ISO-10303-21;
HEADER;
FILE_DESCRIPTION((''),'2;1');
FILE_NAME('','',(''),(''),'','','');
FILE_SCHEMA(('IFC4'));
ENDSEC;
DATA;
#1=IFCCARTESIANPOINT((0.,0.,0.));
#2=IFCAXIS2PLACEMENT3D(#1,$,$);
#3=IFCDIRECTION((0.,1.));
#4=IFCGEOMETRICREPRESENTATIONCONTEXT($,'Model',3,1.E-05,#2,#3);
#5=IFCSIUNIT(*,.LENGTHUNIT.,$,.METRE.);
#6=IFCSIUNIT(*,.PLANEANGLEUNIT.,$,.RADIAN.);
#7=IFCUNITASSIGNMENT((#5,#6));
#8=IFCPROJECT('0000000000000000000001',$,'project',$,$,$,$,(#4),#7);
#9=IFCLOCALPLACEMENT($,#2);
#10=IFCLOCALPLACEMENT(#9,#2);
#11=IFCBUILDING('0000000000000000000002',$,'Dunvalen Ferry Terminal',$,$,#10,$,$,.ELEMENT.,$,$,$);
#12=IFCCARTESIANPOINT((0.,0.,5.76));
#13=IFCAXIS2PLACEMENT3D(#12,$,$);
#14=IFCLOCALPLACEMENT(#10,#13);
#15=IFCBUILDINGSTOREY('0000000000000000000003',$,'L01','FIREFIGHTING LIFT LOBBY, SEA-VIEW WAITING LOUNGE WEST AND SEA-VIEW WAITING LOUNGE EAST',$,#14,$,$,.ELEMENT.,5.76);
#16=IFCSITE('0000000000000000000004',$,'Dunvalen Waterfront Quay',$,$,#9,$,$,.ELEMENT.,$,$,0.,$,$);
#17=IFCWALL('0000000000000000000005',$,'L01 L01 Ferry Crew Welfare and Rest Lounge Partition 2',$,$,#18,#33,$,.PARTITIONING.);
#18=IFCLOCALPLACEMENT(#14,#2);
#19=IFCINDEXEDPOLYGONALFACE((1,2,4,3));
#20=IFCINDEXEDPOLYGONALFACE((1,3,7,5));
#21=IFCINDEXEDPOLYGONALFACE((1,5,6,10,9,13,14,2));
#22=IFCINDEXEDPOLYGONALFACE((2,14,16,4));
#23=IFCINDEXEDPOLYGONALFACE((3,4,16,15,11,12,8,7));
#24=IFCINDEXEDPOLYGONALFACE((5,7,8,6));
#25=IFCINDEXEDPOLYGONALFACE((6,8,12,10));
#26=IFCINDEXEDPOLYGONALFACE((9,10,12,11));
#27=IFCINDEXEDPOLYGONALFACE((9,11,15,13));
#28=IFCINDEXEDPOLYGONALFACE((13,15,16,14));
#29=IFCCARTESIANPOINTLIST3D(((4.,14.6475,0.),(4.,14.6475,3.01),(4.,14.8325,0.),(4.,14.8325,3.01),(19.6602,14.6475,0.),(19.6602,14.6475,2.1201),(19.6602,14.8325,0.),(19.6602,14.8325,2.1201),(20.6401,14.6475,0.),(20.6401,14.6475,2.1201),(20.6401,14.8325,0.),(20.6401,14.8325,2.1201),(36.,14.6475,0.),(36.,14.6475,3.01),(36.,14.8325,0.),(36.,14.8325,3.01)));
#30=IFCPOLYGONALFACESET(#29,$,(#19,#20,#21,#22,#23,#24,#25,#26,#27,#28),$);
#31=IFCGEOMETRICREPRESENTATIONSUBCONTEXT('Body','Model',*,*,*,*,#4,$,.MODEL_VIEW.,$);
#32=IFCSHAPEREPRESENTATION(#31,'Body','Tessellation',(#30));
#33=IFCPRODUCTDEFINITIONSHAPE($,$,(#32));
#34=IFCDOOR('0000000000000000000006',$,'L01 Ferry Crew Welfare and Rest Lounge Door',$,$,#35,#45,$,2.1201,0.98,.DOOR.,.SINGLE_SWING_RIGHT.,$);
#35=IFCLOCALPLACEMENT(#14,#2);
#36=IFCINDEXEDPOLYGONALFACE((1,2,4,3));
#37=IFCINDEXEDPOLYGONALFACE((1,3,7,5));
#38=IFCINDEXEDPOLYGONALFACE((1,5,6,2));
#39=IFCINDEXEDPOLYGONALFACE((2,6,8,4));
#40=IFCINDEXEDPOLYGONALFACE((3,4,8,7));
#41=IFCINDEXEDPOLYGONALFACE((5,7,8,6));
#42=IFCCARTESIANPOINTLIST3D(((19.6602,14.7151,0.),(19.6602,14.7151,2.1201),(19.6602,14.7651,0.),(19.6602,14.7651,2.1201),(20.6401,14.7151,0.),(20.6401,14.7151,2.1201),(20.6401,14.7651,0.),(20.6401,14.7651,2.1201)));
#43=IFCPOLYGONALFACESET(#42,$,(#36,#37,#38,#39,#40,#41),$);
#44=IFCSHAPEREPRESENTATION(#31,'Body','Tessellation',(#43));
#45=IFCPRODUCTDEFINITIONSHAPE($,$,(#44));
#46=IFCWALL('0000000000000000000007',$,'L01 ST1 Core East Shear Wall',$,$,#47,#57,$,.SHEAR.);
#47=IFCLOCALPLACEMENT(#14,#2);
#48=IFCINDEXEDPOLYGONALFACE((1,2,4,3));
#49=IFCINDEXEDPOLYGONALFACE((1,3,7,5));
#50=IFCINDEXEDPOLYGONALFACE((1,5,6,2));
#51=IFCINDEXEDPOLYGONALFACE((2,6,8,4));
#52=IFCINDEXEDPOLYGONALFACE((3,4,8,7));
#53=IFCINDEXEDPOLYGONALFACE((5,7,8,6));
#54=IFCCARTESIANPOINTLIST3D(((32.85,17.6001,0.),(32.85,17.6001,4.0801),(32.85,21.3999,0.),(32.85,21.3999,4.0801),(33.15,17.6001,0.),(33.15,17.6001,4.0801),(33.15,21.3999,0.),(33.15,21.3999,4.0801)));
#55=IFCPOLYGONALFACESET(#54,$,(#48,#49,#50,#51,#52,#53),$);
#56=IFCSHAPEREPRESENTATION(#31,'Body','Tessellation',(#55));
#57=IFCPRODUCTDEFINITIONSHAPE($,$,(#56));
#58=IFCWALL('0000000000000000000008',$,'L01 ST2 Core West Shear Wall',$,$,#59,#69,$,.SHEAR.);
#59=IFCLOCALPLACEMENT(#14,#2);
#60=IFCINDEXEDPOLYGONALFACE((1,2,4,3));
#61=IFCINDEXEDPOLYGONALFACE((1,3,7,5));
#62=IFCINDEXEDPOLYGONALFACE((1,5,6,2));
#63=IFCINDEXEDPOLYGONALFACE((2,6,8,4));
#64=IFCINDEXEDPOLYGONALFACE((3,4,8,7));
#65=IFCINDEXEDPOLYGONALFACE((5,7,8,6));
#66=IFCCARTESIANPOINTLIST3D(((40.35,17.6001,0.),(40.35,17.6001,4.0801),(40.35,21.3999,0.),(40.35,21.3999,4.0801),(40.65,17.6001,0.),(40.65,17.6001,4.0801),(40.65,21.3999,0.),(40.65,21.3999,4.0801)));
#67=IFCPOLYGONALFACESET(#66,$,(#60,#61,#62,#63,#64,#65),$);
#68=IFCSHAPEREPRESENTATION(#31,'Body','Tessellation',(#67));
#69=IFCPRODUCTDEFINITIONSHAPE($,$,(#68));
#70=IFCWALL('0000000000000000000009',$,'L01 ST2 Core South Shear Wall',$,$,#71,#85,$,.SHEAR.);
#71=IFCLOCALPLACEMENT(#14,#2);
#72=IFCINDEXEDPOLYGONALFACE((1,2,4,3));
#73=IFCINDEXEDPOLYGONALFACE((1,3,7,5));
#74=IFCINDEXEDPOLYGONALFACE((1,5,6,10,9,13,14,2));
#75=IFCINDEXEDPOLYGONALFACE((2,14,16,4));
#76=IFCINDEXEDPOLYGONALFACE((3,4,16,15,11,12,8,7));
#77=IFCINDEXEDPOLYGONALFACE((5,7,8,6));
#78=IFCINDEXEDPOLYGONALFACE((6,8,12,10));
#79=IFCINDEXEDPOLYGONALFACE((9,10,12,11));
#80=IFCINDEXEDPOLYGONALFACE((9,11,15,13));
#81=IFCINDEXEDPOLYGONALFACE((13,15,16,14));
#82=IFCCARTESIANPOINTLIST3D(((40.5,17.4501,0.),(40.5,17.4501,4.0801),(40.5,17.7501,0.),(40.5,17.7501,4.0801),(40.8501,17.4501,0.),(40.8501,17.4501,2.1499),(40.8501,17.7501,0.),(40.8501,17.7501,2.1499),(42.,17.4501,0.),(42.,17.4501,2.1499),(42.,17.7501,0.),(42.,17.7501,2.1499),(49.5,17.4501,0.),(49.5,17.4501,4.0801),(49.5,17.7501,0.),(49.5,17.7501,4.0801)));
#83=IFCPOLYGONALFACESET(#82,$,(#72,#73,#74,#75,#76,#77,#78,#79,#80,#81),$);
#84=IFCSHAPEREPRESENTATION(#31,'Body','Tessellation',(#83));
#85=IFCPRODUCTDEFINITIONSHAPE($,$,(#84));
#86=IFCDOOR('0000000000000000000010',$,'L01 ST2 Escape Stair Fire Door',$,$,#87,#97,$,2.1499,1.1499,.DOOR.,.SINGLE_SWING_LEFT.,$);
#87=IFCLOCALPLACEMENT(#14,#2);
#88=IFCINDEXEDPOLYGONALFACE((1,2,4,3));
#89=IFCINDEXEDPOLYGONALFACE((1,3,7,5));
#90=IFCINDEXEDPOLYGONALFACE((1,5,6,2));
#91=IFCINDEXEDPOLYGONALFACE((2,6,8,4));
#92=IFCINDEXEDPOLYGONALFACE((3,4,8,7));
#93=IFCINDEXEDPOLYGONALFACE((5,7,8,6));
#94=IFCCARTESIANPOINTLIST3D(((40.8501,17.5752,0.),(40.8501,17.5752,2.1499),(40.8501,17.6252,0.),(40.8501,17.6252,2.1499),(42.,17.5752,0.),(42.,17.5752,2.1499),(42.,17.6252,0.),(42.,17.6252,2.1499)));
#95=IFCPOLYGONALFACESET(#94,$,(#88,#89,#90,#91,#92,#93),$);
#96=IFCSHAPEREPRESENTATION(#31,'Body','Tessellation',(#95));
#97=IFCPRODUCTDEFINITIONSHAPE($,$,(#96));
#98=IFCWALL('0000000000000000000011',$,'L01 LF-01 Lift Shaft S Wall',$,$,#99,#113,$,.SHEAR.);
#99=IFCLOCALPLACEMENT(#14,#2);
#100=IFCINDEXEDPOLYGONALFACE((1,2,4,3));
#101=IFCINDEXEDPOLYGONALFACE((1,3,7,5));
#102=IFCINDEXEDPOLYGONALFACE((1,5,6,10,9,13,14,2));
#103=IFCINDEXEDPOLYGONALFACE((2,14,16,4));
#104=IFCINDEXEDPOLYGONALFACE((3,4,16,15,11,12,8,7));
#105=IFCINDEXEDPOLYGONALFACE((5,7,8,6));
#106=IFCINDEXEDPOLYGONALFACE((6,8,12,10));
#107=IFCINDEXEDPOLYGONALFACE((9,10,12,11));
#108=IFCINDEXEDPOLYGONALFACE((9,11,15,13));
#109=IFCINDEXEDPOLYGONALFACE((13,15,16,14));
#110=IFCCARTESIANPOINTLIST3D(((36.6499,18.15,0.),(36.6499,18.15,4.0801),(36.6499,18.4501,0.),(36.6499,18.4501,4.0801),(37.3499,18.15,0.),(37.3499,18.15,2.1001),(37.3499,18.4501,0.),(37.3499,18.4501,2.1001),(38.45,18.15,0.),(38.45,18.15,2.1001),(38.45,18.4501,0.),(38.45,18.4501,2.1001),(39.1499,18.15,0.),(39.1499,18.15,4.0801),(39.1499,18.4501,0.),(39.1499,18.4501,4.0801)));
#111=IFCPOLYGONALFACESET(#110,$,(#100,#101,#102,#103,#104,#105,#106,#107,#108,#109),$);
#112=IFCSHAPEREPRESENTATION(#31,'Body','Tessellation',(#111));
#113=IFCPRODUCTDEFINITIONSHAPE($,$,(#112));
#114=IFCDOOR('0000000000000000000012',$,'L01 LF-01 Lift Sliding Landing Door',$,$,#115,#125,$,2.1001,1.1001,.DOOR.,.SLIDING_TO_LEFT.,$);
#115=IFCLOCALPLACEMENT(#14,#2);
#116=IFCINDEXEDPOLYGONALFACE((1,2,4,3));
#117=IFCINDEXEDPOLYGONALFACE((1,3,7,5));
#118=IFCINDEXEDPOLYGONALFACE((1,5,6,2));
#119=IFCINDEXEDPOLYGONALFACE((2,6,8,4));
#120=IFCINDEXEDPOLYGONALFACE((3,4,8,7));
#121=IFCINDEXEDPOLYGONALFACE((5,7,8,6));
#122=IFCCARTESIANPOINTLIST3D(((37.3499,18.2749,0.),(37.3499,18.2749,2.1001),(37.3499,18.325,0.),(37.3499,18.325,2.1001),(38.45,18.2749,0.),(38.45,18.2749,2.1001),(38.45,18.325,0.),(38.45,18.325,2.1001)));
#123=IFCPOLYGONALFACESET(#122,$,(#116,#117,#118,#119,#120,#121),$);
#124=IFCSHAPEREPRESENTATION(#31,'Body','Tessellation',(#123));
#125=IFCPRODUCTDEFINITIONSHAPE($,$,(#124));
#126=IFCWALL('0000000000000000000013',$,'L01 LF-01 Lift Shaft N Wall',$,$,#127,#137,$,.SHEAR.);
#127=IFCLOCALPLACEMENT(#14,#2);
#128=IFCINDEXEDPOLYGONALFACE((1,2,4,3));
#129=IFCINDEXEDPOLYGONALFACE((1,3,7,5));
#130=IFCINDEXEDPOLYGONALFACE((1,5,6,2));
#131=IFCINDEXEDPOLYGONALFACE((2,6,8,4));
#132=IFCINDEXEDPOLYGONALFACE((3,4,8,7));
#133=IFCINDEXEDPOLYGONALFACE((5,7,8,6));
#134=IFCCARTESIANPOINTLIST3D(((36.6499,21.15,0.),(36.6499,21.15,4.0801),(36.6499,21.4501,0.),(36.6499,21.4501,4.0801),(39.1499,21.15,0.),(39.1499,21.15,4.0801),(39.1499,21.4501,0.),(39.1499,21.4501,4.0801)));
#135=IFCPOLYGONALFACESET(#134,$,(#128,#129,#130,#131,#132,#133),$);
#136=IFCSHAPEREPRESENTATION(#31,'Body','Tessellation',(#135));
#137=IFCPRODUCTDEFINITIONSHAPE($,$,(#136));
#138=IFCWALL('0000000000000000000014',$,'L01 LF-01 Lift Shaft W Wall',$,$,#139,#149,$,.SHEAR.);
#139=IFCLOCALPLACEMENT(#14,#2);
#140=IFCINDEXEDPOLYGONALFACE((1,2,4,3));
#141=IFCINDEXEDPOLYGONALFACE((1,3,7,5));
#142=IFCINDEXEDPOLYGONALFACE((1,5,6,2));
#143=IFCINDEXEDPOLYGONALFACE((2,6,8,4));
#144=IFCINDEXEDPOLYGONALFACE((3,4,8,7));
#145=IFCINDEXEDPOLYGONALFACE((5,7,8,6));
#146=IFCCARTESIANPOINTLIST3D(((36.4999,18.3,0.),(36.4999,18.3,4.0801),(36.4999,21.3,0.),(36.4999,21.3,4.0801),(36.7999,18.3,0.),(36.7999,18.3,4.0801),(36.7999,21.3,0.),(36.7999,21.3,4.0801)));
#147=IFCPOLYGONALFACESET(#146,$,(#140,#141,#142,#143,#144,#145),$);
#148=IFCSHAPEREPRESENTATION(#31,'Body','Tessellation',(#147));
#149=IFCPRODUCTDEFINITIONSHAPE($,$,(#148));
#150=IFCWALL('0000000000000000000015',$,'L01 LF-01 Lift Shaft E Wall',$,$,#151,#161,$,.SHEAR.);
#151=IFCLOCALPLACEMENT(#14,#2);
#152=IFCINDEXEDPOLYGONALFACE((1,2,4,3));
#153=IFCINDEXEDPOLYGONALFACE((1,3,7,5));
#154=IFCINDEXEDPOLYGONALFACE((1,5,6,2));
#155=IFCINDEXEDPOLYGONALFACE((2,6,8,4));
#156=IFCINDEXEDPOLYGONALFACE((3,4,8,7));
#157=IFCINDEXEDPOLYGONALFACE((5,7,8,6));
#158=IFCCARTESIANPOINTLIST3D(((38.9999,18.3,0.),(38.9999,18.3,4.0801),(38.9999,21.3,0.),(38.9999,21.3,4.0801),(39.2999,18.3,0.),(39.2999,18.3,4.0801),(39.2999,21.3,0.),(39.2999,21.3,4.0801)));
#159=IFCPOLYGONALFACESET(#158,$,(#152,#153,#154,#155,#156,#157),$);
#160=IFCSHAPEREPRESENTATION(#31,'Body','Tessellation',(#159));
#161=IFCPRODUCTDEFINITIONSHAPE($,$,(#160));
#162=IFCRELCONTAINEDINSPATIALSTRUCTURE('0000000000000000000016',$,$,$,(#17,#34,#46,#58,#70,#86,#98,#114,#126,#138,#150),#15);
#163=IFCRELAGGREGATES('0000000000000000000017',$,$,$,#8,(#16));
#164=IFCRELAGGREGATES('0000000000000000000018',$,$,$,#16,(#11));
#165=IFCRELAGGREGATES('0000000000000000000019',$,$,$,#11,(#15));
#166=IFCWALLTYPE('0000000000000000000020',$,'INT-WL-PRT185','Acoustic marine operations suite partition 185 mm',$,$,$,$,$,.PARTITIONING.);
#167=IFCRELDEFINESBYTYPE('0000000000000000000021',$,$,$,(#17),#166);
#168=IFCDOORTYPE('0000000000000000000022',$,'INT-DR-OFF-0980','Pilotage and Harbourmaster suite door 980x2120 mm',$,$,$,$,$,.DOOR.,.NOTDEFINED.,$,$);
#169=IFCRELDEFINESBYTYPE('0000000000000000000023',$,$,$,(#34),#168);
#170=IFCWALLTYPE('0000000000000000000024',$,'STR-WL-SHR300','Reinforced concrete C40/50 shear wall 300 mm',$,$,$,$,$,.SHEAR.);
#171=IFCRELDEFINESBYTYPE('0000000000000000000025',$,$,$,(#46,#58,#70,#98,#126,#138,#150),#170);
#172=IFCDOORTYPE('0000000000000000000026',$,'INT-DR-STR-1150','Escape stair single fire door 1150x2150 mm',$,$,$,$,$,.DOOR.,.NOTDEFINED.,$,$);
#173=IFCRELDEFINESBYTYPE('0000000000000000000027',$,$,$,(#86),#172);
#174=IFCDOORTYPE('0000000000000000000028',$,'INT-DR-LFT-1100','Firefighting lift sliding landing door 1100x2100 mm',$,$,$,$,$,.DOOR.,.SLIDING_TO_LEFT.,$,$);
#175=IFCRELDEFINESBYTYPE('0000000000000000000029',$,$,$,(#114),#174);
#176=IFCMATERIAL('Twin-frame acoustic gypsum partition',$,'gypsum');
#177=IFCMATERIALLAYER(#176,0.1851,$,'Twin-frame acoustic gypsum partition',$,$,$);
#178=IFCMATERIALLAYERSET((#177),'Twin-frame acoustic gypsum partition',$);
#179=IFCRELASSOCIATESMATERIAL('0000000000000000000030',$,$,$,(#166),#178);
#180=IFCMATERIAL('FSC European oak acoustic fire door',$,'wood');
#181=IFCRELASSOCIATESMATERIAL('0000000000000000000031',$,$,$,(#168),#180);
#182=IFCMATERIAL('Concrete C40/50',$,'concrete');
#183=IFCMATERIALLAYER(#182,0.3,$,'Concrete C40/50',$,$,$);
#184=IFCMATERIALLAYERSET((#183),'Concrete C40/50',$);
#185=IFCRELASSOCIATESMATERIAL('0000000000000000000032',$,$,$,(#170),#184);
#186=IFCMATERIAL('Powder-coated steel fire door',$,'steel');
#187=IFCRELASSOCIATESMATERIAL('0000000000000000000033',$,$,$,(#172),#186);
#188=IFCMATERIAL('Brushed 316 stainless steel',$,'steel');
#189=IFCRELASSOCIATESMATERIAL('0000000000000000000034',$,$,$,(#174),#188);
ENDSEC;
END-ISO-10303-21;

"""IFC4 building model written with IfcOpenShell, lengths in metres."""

from ifc_helpers import new_model, si_unit, direction, frame, frame_2d, origin, place, context, subcontext, project, spatial, rectangle, extrude, material, layer, layer_set, type_object, element, fill, save


model = new_model("IFC4")

# Units and contexts
model_context = context("Model", 3, precision=1e-05, world=origin(), true_north=direction((0.0, 1.0)))
body_context = subcontext(model_context, "Body", "Model", "MODEL_VIEW")
ifc_project = project(units=[si_unit("LENGTHUNIT", "METRE"), si_unit("PLANEANGLEUNIT", "RADIAN")], contexts=[model_context])

# Site, building, storey
site_placement = place(None, origin())
site = spatial("IfcSite", under=ifc_project, at=site_placement, Name="Dunvalen Waterfront Quay", CompositionType="ELEMENT", RefElevation=0.0)
building_placement = place(site_placement, origin())
building = spatial("IfcBuilding", under=site, at=building_placement, Name="Dunvalen Ferry Terminal", CompositionType="ELEMENT")
storey_placement = place(building_placement, frame((0.0, 0.0, 5.76)))
storey = spatial("IfcBuildingStorey", under=building, at=storey_placement, Name="L01", Description="FIREFIGHTING LIFT LOBBY, SEA-VIEW WAITING LOUNGE WEST AND SEA-VIEW WAITING LOUNGE EAST", CompositionType="ELEMENT", Elevation=5.76)

# Shared definitions
ifc_material_1 = material(Name="Concrete C40/50", Category="concrete")

# Shared definitions
ifc_material_2 = material(Name="Powder-coated steel fire door", Category="steel")

# Wall, opening, door
ifc_material_3 = material(Name="Twin-frame acoustic gypsum partition", Category="gypsum")
ifc_layer_1 = layer(ifc_material_3, 0.1851, Name="Twin-frame acoustic gypsum partition")
ifc_layer_set_1 = layer_set([ifc_layer_1], Name="Twin-frame acoustic gypsum partition")
wall_type_1 = type_object("IfcWallType", Name="INT-WL-PRT185", Description="Acoustic marine operations suite partition 185 mm", PredefinedType="PARTITIONING", material=ifc_layer_set_1)
wall_1_placement = place(storey_placement, frame((36.0, 14.74, 0.0), z_axis=(0.0, 0.0, 1.0), x_axis=(-1.0, 0.0, 0.0)))
wall_1 = element("IfcWall", 1, at=wall_1_placement, inside=storey, type_object=wall_type_1, Name="L01 L01 Ferry Crew Welfare and Rest Lounge Partition 2", PredefinedType="PARTITIONING", context=body_context, shape_type="SweptSolid", body=[
    extrude(rectangle(XDim=32.0, YDim=0.1851, at=frame_2d((16.0, 0.0))), origin(), (0.0, 0.0, 1.0), 3.01),
])
opening_1_placement = place(wall_1_placement, frame((15.3599, 0.0, 0.0)))
opening_1 = element("IfcOpeningElement", 2, at=opening_1_placement, cuts=wall_1, PredefinedType="OPENING", context=body_context, shape_type="SweptSolid", body=[
    extrude(rectangle(XDim=0.98, YDim=2.1201, at=frame_2d((0.49, 1.0601))), frame((0.0, 0.1025, 0.0), z_axis=(0.0, -1.0, 0.0), x_axis=(1.0, 0.0, 0.0)), (0.0, 0.0, 1.0), 0.2051),
])
ifc_material_4 = material(Name="FSC European oak acoustic fire door", Category="wood")
door_type_1 = type_object("IfcDoorType", Name="INT-DR-OFF-0980", Description="Pilotage and Harbourmaster suite door 980x2120 mm", OperationType="NOTDEFINED", PredefinedType="DOOR", material=ifc_material_4)
door_1_placement = place(opening_1_placement, origin())
door_1 = element("IfcDoor", 3, at=door_1_placement, inside=storey, type_object=door_type_1, Name="L01 Ferry Crew Welfare and Rest Lounge Door", OperationType="SINGLE_SWING_RIGHT", OverallHeight=2.1201, OverallWidth=0.98, PredefinedType="DOOR", context=body_context, shape_type="SweptSolid", body=[
    extrude(rectangle(XDim=0.98, YDim=2.1201, at=frame_2d((0.49, 1.0601))), frame((0.0, 0.0249, 0.0), z_axis=(0.0, -1.0, 0.0), x_axis=(1.0, 0.0, 0.0)), (0.0, 0.0, 1.0), 0.05),
])
fill(opening_1, door_1)

# Walls
ifc_layer_2 = layer(ifc_material_1, 0.3, Name="Concrete C40/50")
ifc_layer_set_2 = layer_set([ifc_layer_2], Name="Concrete C40/50")
wall_type_2 = type_object("IfcWallType", Name="STR-WL-SHR300", Description="Reinforced concrete C40/50 shear wall 300 mm", PredefinedType="SHEAR", material=ifc_layer_set_2)
for number, where, z_axis, x_axis, name in (
    (4, (33.0, 17.6001, 0.0), (0.0, 0.0, 1.0), (0.0, 1.0, 0.0), "L01 ST1 Core East Shear Wall"),
    (5, (40.5, 17.6001, 0.0), (0.0, 0.0, 1.0), (0.0, 1.0, 0.0), "L01 ST2 Core West Shear Wall"),
):
    element("IfcWall", number, at=place(storey_placement, frame(where, z_axis=z_axis, x_axis=x_axis)), inside=storey, type_object=wall_type_2, Name=name, PredefinedType="SHEAR", context=body_context, shape_type="SweptSolid", body=[
        extrude(rectangle(XDim=3.7998, YDim=0.3, at=frame_2d((1.8999, 0.0))), origin(), (0.0, 0.0, 1.0), 4.0801),
    ])

# Walls, openings, doors
wall_2_placement = place(storey_placement, frame((40.5, 17.6001, 0.0), z_axis=(0.0, 0.0, 1.0), x_axis=(1.0, 0.0, 0.0)))
wall_2 = element("IfcWall", 6, at=wall_2_placement, inside=storey, type_object=wall_type_2, Name="L01 ST2 Core South Shear Wall", PredefinedType="SHEAR", context=body_context, shape_type="SweptSolid", body=[
    extrude(rectangle(XDim=9.0, YDim=0.3, at=frame_2d((4.5, 0.0))), origin(), (0.0, 0.0, 1.0), 4.0801),
])
opening_2_placement = place(wall_2_placement, frame((0.3501, 0.0, 0.0)))
opening_2 = element("IfcOpeningElement", 7, at=opening_2_placement, cuts=wall_2, PredefinedType="OPENING", context=body_context, shape_type="SweptSolid", body=[
    extrude(rectangle(XDim=1.1499, YDim=2.1499, at=frame_2d((0.575, 1.075))), frame((0.0, 0.1602, 0.0), z_axis=(0.0, -1.0, 0.0), x_axis=(1.0, 0.0, 0.0)), (0.0, 0.0, 1.0), 0.3201),
])
door_type_2 = type_object("IfcDoorType", Name="INT-DR-STR-1150", Description="Escape stair single fire door 1150x2150 mm", OperationType="NOTDEFINED", PredefinedType="DOOR", material=ifc_material_2)
door_2_placement = place(opening_2_placement, frame((1.1499, 0.0, 0.0), z_axis=(0.0, 0.0, 1.0), x_axis=(-1.0, 0.0, 0.0)))
door_2 = element("IfcDoor", 8, at=door_2_placement, inside=storey, type_object=door_type_2, Name="L01 ST2 Escape Stair Fire Door", OperationType="SINGLE_SWING_LEFT", OverallHeight=2.1499, OverallWidth=1.1499, PredefinedType="DOOR", context=body_context, shape_type="SweptSolid", body=[
    extrude(rectangle(XDim=1.1499, YDim=2.1499, at=frame_2d((0.575, 1.075))), frame((0.0, 0.0249, 0.0), z_axis=(0.0, -1.0, 0.0), x_axis=(1.0, 0.0, 0.0)), (0.0, 0.0, 1.0), 0.05),
])
fill(opening_2, door_2)
wall_3_placement = place(storey_placement, frame((36.6499, 18.3, 0.0), z_axis=(0.0, 0.0, 1.0), x_axis=(1.0, 0.0, 0.0)))
wall_3 = element("IfcWall", 9, at=wall_3_placement, inside=storey, type_object=wall_type_2, Name="L01 LF-01 Lift Shaft S Wall", PredefinedType="SHEAR", context=body_context, shape_type="SweptSolid", body=[
    extrude(rectangle(XDim=2.5, YDim=0.3, at=frame_2d((1.25, 0.0))), origin(), (0.0, 0.0, 1.0), 4.0801),
])
opening_3_placement = place(wall_3_placement, frame((0.7, 0.0, 0.0)))
opening_3 = element("IfcOpeningElement", 10, at=opening_3_placement, cuts=wall_3, PredefinedType="OPENING", context=body_context, shape_type="SweptSolid", body=[
    extrude(rectangle(XDim=1.1001, YDim=2.1001, at=frame_2d((0.55, 1.05))), frame((0.0, 0.1602, 0.0), z_axis=(0.0, -1.0, 0.0), x_axis=(1.0, 0.0, 0.0)), (0.0, 0.0, 1.0), 0.3201),
])
ifc_material_5 = material(Name="Brushed 316 stainless steel", Category="steel")
door_type_3 = type_object("IfcDoorType", Name="INT-DR-LFT-1100", Description="Firefighting lift sliding landing door 1100x2100 mm", OperationType="SLIDING_TO_LEFT", PredefinedType="DOOR", material=ifc_material_5)
door_3_placement = place(opening_3_placement, origin())
door_3 = element("IfcDoor", 11, at=door_3_placement, inside=storey, type_object=door_type_3, Name="L01 LF-01 Lift Sliding Landing Door", OperationType="SLIDING_TO_LEFT", OverallHeight=2.1001, OverallWidth=1.1001, PredefinedType="DOOR", context=body_context, shape_type="SweptSolid", body=[
    extrude(rectangle(XDim=1.1001, YDim=2.1001, at=frame_2d((0.55, 1.05))), frame((0.0, 0.0249, 0.0), z_axis=(0.0, -1.0, 0.0), x_axis=(1.0, 0.0, 0.0)), (0.0, 0.0, 1.0), 0.05),
])
fill(opening_3, door_3)

# Walls
wall_4_placement = place(storey_placement, frame((36.6499, 21.3, 0.0), z_axis=(0.0, 0.0, 1.0), x_axis=(1.0, 0.0, 0.0)))
element("IfcWall", 12, at=wall_4_placement, inside=storey, type_object=wall_type_2, Name="L01 LF-01 Lift Shaft N Wall", PredefinedType="SHEAR", context=body_context, shape_type="SweptSolid", body=[
    extrude(rectangle(XDim=2.5, YDim=0.3, at=frame_2d((1.25, 0.0))), origin(), (0.0, 0.0, 1.0), 4.0801),
])
for number, where, z_axis, x_axis, name in (
    (13, (36.6499, 18.3, 0.0), (0.0, 0.0, 1.0), (0.0, 1.0, 0.0), "L01 LF-01 Lift Shaft W Wall"),
    (14, (39.1499, 18.3, 0.0), (0.0, 0.0, 1.0), (0.0, 1.0, 0.0), "L01 LF-01 Lift Shaft E Wall"),
):
    element("IfcWall", number, at=place(storey_placement, frame(where, z_axis=z_axis, x_axis=x_axis)), inside=storey, type_object=wall_type_2, Name=name, PredefinedType="SHEAR", context=body_context, shape_type="SweptSolid", body=[
        extrude(rectangle(XDim=3.0, YDim=0.3, at=frame_2d((1.5, 0.0))), origin(), (0.0, 0.0, 1.0), 4.0801),
    ])

save(model, "model.ifc")
